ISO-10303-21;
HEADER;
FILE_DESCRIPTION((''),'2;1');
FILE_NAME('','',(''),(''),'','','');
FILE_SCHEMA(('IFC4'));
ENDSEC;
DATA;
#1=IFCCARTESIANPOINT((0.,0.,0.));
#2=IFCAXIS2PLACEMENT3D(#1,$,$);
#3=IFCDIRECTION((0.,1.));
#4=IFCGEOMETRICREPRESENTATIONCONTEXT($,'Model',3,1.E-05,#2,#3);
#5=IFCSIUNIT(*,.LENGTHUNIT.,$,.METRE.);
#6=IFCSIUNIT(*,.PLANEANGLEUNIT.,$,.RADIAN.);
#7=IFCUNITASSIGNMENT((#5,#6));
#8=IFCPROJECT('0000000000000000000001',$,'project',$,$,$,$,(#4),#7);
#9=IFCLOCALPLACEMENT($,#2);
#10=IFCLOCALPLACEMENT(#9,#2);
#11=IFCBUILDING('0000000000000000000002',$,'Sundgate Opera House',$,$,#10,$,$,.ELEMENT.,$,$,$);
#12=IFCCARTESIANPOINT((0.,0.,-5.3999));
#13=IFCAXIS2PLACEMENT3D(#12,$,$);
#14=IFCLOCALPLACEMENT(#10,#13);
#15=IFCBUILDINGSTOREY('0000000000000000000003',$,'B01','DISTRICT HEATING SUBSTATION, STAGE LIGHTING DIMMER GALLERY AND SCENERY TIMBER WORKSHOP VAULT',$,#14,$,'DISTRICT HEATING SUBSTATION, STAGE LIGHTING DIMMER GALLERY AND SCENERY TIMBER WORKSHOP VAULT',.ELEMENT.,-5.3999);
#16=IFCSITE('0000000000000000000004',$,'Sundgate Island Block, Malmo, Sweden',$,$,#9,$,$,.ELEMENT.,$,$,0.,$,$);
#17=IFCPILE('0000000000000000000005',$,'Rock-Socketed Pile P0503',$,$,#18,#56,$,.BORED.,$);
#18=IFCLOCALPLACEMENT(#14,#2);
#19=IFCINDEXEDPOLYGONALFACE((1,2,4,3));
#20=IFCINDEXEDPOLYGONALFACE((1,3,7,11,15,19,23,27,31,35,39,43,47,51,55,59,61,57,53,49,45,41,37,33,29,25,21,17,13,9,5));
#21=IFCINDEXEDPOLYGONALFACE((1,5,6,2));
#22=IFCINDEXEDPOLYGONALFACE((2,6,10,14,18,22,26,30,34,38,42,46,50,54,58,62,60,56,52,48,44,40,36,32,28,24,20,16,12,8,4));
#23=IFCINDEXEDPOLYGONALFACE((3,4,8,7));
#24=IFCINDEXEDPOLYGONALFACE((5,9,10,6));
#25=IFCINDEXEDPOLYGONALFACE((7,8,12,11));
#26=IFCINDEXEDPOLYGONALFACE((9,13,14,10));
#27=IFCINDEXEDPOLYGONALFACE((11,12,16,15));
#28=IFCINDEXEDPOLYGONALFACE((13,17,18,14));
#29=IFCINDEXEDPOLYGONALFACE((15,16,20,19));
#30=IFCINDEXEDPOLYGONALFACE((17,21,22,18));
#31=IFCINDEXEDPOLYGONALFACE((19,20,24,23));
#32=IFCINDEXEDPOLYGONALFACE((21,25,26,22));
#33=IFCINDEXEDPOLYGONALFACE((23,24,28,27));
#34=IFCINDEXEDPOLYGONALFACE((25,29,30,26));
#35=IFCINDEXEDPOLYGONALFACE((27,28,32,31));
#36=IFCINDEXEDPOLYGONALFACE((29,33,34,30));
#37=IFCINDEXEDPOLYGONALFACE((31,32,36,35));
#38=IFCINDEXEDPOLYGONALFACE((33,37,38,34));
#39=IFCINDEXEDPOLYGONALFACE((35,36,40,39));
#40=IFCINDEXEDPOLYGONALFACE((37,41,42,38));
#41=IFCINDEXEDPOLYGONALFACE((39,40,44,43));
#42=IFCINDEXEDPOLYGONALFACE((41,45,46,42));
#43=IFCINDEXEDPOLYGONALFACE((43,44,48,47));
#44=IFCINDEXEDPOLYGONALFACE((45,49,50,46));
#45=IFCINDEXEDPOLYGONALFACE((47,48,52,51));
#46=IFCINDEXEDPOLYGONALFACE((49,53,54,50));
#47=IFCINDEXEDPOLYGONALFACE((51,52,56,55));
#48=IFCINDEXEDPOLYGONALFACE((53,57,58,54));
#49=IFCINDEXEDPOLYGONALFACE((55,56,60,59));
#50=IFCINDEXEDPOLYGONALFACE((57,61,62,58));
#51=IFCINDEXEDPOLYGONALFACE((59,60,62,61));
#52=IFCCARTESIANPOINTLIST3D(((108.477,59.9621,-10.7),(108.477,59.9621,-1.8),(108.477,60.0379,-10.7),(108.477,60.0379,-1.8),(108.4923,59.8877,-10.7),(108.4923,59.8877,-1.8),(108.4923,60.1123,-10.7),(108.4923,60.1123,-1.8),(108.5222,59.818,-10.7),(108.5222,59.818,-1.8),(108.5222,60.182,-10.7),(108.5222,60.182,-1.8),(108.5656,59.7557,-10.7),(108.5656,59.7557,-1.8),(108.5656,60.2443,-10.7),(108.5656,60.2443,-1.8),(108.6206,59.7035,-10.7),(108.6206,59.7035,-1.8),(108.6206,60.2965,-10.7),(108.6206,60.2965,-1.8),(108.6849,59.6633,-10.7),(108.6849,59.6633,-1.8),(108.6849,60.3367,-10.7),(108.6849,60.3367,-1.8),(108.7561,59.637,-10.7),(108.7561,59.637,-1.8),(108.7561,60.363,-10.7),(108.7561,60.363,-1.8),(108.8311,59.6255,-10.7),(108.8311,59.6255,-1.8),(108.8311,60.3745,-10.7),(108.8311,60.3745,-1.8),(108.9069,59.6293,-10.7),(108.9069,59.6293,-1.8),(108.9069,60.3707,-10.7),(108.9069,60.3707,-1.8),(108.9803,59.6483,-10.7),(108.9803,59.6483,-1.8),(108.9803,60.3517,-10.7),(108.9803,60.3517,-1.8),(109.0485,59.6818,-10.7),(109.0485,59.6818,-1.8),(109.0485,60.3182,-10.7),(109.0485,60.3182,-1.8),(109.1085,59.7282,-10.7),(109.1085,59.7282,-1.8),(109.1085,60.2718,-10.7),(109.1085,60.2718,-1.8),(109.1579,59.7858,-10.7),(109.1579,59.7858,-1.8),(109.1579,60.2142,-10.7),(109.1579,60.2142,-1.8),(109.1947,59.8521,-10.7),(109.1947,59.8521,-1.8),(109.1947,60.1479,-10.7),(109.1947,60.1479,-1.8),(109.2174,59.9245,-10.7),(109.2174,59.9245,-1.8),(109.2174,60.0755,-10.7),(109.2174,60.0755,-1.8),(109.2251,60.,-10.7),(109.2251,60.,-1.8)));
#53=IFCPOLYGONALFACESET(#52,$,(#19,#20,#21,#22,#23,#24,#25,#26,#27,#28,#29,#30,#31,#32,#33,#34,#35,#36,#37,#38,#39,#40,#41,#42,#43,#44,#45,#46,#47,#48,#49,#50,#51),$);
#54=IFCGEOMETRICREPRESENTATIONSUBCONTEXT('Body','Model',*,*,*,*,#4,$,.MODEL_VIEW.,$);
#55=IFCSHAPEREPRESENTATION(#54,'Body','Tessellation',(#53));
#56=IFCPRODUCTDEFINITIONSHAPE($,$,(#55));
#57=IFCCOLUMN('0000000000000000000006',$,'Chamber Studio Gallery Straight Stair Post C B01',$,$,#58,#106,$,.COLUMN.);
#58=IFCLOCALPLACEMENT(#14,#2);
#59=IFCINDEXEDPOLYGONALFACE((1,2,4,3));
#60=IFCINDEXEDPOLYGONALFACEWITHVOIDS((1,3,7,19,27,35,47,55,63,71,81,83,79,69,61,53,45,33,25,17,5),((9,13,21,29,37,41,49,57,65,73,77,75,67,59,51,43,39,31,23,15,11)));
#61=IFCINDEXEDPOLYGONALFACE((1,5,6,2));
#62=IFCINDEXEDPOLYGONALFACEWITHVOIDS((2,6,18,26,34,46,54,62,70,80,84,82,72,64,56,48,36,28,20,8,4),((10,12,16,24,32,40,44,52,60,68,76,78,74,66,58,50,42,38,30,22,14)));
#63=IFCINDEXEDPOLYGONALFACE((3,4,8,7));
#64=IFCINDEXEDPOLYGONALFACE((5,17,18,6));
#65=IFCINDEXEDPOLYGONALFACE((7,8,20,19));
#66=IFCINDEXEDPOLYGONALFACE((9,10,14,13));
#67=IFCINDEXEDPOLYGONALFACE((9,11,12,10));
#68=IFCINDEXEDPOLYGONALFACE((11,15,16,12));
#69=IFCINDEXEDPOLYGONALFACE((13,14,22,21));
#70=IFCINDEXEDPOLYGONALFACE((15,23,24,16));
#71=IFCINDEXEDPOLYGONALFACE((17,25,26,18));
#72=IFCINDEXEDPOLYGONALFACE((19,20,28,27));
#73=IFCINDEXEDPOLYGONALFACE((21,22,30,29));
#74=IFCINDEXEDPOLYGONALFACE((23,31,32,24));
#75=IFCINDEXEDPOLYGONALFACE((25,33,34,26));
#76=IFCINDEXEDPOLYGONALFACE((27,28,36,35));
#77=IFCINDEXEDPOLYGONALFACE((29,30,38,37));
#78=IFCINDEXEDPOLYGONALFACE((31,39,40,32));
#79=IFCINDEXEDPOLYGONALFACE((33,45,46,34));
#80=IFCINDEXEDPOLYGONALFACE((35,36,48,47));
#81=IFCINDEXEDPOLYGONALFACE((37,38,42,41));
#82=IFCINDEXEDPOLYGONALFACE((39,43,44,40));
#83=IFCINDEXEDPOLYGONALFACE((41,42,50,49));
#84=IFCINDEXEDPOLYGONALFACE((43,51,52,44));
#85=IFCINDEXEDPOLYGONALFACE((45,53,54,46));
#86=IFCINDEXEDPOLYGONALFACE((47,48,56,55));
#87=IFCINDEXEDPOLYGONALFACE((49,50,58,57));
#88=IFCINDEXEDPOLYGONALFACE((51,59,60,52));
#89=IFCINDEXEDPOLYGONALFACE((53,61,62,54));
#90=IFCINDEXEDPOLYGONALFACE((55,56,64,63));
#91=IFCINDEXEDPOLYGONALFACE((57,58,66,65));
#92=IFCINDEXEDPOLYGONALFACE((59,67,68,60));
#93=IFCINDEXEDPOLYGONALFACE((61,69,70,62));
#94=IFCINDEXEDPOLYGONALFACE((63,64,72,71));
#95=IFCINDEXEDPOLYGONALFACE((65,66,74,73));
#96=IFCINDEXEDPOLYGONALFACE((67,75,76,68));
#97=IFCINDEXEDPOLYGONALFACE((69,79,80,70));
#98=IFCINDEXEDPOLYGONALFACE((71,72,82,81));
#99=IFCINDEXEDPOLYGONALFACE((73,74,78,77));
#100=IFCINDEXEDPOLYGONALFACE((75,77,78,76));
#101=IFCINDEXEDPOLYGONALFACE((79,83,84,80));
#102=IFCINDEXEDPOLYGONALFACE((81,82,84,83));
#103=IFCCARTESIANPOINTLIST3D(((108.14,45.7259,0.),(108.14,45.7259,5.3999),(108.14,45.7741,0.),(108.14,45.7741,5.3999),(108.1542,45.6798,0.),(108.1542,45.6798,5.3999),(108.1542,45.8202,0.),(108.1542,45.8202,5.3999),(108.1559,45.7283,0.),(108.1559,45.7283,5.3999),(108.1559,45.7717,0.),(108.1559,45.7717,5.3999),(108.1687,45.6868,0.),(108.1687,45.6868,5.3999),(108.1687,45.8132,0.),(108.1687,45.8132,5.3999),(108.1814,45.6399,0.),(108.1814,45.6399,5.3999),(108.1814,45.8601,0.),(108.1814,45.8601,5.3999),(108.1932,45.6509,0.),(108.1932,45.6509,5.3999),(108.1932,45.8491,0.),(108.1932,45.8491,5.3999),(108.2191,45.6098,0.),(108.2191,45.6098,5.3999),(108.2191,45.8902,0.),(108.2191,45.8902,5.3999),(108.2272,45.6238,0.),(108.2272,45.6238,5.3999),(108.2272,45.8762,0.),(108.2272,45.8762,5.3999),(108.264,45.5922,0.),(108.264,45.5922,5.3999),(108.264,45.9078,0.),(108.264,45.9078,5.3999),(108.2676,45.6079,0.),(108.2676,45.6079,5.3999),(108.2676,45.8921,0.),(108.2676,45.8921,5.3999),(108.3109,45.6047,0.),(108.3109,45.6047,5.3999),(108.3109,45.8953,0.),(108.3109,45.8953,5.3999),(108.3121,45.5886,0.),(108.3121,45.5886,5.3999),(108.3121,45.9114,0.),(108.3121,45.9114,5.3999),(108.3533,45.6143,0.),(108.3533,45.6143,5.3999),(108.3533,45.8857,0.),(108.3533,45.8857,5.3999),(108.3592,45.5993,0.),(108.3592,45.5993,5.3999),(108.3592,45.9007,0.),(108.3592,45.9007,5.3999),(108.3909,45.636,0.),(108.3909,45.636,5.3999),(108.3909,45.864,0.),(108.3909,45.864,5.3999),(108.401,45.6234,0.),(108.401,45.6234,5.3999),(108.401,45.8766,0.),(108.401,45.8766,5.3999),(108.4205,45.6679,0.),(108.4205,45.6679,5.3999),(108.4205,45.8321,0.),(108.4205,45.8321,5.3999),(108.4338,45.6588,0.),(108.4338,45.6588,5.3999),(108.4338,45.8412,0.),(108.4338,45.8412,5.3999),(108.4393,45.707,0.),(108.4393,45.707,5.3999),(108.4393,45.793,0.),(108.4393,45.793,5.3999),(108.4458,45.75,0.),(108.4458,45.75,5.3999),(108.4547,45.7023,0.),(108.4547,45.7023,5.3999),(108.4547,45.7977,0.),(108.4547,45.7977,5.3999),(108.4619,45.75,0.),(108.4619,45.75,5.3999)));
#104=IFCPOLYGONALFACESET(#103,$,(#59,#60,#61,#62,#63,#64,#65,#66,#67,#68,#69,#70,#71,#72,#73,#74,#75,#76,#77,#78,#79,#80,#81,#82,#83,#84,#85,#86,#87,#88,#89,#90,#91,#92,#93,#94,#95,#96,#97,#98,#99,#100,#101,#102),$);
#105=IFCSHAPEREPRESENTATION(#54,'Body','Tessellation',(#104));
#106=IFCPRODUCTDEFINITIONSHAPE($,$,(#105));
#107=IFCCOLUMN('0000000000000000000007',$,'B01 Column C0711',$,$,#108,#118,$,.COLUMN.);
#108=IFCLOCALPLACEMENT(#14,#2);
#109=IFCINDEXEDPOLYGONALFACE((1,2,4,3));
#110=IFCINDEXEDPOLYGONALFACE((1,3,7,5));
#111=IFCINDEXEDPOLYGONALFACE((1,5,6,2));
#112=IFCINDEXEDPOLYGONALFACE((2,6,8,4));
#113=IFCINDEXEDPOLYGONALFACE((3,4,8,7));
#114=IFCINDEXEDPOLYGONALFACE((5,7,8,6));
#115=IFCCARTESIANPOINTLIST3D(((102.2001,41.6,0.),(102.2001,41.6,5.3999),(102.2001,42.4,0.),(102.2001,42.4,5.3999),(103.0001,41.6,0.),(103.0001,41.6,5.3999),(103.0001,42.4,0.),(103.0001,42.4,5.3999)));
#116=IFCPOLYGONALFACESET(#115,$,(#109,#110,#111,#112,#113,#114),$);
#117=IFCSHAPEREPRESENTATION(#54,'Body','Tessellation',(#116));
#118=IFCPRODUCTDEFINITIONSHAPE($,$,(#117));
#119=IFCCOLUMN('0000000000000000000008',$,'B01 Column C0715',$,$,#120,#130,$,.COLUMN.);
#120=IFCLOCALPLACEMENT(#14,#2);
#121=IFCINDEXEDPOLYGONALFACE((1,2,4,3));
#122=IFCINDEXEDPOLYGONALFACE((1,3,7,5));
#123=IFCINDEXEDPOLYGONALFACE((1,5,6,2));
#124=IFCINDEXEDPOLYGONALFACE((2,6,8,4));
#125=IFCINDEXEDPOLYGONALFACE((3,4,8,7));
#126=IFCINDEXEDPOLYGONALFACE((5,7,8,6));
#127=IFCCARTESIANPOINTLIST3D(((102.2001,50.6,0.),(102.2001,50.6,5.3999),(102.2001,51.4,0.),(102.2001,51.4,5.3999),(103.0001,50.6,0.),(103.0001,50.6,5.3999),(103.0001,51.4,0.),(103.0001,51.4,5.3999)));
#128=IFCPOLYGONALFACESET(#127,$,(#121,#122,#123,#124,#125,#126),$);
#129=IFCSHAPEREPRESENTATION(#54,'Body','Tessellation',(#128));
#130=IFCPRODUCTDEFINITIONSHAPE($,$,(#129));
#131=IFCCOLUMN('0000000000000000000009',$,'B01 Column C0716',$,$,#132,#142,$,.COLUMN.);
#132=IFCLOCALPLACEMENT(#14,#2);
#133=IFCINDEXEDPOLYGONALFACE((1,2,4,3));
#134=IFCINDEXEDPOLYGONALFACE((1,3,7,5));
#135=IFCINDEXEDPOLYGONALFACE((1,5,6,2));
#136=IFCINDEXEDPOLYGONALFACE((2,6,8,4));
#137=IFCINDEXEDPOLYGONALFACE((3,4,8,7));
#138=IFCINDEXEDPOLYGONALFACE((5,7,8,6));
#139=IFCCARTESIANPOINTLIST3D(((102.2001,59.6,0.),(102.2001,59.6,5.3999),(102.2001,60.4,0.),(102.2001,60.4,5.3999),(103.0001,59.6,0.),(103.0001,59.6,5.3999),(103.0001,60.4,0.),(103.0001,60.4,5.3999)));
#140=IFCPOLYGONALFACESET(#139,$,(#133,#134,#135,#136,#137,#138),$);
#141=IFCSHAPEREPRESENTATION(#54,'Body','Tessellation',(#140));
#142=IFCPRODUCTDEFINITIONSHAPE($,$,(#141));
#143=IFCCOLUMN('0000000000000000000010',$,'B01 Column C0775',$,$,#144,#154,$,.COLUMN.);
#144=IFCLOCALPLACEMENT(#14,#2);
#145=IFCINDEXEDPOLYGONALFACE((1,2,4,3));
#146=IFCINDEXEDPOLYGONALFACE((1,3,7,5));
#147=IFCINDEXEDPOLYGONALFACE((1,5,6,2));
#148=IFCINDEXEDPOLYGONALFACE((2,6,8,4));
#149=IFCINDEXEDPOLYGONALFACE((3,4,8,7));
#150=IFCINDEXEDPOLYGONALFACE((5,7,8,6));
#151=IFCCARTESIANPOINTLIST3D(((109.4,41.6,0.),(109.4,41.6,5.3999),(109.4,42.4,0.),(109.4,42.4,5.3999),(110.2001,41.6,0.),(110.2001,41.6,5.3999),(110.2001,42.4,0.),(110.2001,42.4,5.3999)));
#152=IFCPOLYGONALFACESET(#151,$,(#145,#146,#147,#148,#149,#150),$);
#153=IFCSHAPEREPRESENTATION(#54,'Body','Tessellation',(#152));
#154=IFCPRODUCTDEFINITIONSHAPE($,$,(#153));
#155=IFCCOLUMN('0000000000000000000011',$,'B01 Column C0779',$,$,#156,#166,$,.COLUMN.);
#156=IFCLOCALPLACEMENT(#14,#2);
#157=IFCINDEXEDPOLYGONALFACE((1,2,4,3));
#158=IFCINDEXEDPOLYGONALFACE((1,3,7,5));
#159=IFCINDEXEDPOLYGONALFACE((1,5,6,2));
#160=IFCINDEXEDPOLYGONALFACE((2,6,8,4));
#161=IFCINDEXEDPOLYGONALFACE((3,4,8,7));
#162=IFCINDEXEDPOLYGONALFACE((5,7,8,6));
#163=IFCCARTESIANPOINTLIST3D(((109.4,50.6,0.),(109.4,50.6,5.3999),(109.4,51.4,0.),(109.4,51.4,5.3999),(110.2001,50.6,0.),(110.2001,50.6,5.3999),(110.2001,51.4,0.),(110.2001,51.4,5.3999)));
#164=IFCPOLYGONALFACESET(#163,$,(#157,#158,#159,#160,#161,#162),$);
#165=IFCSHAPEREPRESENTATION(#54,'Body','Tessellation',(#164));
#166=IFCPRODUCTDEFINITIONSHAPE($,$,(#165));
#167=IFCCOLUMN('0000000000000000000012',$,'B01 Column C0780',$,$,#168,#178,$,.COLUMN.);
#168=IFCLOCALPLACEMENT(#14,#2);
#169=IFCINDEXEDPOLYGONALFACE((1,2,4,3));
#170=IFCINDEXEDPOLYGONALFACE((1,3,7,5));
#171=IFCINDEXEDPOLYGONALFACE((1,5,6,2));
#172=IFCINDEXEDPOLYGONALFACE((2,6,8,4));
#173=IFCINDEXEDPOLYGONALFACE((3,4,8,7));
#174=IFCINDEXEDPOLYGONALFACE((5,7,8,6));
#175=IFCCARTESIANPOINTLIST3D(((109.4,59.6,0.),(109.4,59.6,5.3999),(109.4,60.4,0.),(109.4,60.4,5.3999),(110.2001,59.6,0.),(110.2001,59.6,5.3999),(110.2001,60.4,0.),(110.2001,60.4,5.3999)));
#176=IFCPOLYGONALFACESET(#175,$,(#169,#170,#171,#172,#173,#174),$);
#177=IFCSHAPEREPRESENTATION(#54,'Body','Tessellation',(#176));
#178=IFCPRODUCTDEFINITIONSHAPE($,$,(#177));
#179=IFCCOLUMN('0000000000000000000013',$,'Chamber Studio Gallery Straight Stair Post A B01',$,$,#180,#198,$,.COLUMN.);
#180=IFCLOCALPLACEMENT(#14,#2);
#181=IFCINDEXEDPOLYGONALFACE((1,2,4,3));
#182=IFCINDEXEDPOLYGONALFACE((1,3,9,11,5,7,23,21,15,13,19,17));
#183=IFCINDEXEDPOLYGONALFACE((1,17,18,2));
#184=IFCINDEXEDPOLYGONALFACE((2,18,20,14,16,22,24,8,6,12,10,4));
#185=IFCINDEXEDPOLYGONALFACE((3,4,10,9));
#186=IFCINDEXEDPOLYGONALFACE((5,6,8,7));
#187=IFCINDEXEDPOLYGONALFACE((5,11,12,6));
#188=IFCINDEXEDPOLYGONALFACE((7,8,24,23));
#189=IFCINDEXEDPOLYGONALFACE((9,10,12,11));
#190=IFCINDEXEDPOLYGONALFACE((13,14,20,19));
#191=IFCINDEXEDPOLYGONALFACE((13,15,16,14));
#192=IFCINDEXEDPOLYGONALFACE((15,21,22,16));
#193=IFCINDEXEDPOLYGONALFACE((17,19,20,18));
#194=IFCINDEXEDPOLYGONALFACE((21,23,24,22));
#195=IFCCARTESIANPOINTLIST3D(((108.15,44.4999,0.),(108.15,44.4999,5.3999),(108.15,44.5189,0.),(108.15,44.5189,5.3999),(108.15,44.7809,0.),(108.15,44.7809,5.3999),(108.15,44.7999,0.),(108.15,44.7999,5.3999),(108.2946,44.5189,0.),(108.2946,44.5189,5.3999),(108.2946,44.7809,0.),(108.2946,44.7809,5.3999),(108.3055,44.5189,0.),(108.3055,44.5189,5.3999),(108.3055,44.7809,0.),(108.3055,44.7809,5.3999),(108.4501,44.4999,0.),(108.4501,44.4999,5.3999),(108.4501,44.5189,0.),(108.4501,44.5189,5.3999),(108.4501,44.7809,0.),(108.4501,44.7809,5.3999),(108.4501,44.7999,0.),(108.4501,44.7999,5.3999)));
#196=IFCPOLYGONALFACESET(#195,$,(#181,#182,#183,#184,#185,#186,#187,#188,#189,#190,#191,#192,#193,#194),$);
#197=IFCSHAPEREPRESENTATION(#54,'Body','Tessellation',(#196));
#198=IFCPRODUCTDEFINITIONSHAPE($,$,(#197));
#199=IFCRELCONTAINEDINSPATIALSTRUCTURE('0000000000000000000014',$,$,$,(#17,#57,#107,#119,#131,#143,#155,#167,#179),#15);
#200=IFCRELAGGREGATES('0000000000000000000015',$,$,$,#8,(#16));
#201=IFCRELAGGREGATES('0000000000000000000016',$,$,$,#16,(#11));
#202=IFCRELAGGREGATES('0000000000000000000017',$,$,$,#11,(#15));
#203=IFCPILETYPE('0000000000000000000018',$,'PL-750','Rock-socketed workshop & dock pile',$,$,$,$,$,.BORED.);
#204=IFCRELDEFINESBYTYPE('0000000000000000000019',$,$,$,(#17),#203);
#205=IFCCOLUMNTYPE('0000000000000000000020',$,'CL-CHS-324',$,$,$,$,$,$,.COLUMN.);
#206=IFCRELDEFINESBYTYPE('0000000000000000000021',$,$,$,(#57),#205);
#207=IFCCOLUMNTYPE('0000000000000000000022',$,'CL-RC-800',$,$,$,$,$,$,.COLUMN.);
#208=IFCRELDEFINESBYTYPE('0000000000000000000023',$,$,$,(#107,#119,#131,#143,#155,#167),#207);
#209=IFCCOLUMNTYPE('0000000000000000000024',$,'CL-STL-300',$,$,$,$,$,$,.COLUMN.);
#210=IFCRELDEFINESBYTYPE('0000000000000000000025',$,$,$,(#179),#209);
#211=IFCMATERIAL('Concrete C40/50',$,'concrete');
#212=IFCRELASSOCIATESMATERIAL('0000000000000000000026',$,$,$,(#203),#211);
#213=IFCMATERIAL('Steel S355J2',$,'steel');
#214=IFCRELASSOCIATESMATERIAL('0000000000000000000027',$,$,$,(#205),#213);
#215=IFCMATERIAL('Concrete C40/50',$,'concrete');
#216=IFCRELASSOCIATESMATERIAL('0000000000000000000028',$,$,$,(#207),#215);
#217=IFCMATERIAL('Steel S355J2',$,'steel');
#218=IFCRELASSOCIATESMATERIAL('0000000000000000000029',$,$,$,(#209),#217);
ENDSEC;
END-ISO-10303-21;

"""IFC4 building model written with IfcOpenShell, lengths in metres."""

from ifc_helpers import new_model, si_unit, direction, frame, origin, origin_2d, place, context, subcontext, project, spatial, rectangle, circle, hollow_circle, i_section, extrude, material, material_profile, profile_set, type_object, element, save


model = new_model("IFC4")

# Units and contexts
model_context = context("Model", 3, precision=1e-05, world=origin(), true_north=direction((0.0, 1.0)))
body_context = subcontext(model_context, "Body", "Model", "MODEL_VIEW")
ifc_project = project(units=[si_unit("LENGTHUNIT", "METRE"), si_unit("PLANEANGLEUNIT", "RADIAN")], contexts=[model_context])

# Site, building, storey
site_placement = place(None, origin())
site = spatial("IfcSite", under=ifc_project, at=site_placement, Name="Sundgate Island Block, Malmo, Sweden", CompositionType="ELEMENT", RefElevation=0.0)
building_placement = place(site_placement, origin())
building = spatial("IfcBuilding", under=site, at=building_placement, Name="Sundgate Opera House", CompositionType="ELEMENT")
storey_placement = place(building_placement, frame((0.0, 0.0, -5.3999)))
storey = spatial("IfcBuildingStorey", under=building, at=storey_placement, Name="B01", Description="DISTRICT HEATING SUBSTATION, STAGE LIGHTING DIMMER GALLERY AND SCENERY TIMBER WORKSHOP VAULT", LongName="DISTRICT HEATING SUBSTATION, STAGE LIGHTING DIMMER GALLERY AND SCENERY TIMBER WORKSHOP VAULT", CompositionType="ELEMENT", Elevation=-5.3999)

# Pile
ifc_material_1 = material(Name="Concrete C40/50", Category="concrete")
ifc_material_profile_1 = material_profile(ifc_material_1, circle(Radius=0.375, at=origin_2d()), Name="PILE D750")
ifc_profile_set_1 = profile_set([ifc_material_profile_1], Name="Concrete C40/50")
pile_type = type_object("IfcPileType", Name="PL-750", Description="Rock-socketed workshop & dock pile", PredefinedType="BORED", material=ifc_profile_set_1)
for number, where, z_axis, x_axis, name in (
    (1, (108.8501, 60.0, -1.8), (0.0, 0.0, -1.0), (1.0, 0.0, 0.0), "Rock-Socketed Pile P0503"),
):
    element("IfcPile", number, at=place(storey_placement, frame(where, z_axis=z_axis, x_axis=x_axis)), inside=storey, type_object=pile_type, Name=name, PredefinedType="BORED", context=body_context, shape_type="SweptSolid", body=[
        extrude(circle(Radius=0.375, at=origin_2d()), origin(), (0.0, 0.0, 1.0), 8.8999),
    ])

# Columns
ifc_material_2 = material(Name="Steel S355J2", Category="steel")
ifc_material_profile_2 = material_profile(ifc_material_2, hollow_circle(Radius=0.1619, WallThickness=0.0161, at=origin_2d()), Name="CHS 323.9x16.0")
ifc_profile_set_2 = profile_set([ifc_material_profile_2], Name="Steel S355J2")
column_type_1 = type_object("IfcColumnType", Name="CL-CHS-324", PredefinedType="COLUMN", material=ifc_profile_set_2)
column_placement = place(storey_placement, frame((108.3, 45.75, 0.0), z_axis=(0.0, 0.0, 1.0), x_axis=(1.0, 0.0, 0.0)))
element("IfcColumn", 2, at=column_placement, inside=storey, type_object=column_type_1, Name="Chamber Studio Gallery Straight Stair Post C B01", PredefinedType="COLUMN", context=body_context, shape_type="SweptSolid", body=[
    extrude(hollow_circle(Radius=0.1619, WallThickness=0.0161, at=origin_2d()), origin(), (0.0, 0.0, 1.0), 5.3999),
])
ifc_material_3 = material(Name="Concrete C40/50", Category="concrete")
ifc_material_profile_3 = material_profile(ifc_material_3, rectangle(XDim=0.8, YDim=0.8, at=origin_2d()), Name="RC 800x800")
ifc_profile_set_3 = profile_set([ifc_material_profile_3], Name="Concrete C40/50")
column_type_2 = type_object("IfcColumnType", Name="CL-RC-800", PredefinedType="COLUMN", material=ifc_profile_set_3)
for number, where, z_axis, x_axis, name in (
    (3, (102.6001, 42.0, 0.0), (0.0, 0.0, 1.0), (1.0, 0.0, 0.0), "B01 Column C0711"),
    (4, (102.6001, 51.0, 0.0), (0.0, 0.0, 1.0), (1.0, 0.0, 0.0), "B01 Column C0715"),
    (5, (102.6001, 60.0, 0.0), (0.0, 0.0, 1.0), (1.0, 0.0, 0.0), "B01 Column C0716"),
    (6, (109.8, 42.0, 0.0), (0.0, 0.0, 1.0), (1.0, 0.0, 0.0), "B01 Column C0775"),
    (7, (109.8, 51.0, 0.0), (0.0, 0.0, 1.0), (1.0, 0.0, 0.0), "B01 Column C0779"),
    (8, (109.8, 60.0, 0.0), (0.0, 0.0, 1.0), (1.0, 0.0, 0.0), "B01 Column C0780"),
):
    element("IfcColumn", number, at=place(storey_placement, frame(where, z_axis=z_axis, x_axis=x_axis)), inside=storey, type_object=column_type_2, Name=name, PredefinedType="COLUMN", context=body_context, shape_type="SweptSolid", body=[
        extrude(rectangle(XDim=0.8, YDim=0.8, at=origin_2d()), origin(), (0.0, 0.0, 1.0), 5.3999),
    ])
ifc_material_4 = material(Name="Steel S355J2", Category="steel")
ifc_material_profile_4 = material_profile(ifc_material_4, i_section(OverallWidth=0.3, OverallDepth=0.3, WebThickness=0.011, FlangeThickness=0.019, at=origin_2d()), Name="HEB 300")
ifc_profile_set_4 = profile_set([ifc_material_profile_4], Name="Steel S355J2")
column_type_3 = type_object("IfcColumnType", Name="CL-STL-300", PredefinedType="COLUMN", material=ifc_profile_set_4)
for number, where, z_axis, x_axis, name in (
    (9, (108.3, 44.6499, 0.0), (0.0, 0.0, 1.0), (1.0, 0.0, 0.0), "Chamber Studio Gallery Straight Stair Post A B01"),
):
    element("IfcColumn", number, at=place(storey_placement, frame(where, z_axis=z_axis, x_axis=x_axis)), inside=storey, type_object=column_type_3, Name=name, PredefinedType="COLUMN", context=body_context, shape_type="SweptSolid", body=[
        extrude(i_section(OverallWidth=0.3, OverallDepth=0.3, WebThickness=0.011, FlangeThickness=0.019, at=origin_2d()), origin(), (0.0, 0.0, 1.0), 5.3999),
    ])

save(model, "model.ifc")
